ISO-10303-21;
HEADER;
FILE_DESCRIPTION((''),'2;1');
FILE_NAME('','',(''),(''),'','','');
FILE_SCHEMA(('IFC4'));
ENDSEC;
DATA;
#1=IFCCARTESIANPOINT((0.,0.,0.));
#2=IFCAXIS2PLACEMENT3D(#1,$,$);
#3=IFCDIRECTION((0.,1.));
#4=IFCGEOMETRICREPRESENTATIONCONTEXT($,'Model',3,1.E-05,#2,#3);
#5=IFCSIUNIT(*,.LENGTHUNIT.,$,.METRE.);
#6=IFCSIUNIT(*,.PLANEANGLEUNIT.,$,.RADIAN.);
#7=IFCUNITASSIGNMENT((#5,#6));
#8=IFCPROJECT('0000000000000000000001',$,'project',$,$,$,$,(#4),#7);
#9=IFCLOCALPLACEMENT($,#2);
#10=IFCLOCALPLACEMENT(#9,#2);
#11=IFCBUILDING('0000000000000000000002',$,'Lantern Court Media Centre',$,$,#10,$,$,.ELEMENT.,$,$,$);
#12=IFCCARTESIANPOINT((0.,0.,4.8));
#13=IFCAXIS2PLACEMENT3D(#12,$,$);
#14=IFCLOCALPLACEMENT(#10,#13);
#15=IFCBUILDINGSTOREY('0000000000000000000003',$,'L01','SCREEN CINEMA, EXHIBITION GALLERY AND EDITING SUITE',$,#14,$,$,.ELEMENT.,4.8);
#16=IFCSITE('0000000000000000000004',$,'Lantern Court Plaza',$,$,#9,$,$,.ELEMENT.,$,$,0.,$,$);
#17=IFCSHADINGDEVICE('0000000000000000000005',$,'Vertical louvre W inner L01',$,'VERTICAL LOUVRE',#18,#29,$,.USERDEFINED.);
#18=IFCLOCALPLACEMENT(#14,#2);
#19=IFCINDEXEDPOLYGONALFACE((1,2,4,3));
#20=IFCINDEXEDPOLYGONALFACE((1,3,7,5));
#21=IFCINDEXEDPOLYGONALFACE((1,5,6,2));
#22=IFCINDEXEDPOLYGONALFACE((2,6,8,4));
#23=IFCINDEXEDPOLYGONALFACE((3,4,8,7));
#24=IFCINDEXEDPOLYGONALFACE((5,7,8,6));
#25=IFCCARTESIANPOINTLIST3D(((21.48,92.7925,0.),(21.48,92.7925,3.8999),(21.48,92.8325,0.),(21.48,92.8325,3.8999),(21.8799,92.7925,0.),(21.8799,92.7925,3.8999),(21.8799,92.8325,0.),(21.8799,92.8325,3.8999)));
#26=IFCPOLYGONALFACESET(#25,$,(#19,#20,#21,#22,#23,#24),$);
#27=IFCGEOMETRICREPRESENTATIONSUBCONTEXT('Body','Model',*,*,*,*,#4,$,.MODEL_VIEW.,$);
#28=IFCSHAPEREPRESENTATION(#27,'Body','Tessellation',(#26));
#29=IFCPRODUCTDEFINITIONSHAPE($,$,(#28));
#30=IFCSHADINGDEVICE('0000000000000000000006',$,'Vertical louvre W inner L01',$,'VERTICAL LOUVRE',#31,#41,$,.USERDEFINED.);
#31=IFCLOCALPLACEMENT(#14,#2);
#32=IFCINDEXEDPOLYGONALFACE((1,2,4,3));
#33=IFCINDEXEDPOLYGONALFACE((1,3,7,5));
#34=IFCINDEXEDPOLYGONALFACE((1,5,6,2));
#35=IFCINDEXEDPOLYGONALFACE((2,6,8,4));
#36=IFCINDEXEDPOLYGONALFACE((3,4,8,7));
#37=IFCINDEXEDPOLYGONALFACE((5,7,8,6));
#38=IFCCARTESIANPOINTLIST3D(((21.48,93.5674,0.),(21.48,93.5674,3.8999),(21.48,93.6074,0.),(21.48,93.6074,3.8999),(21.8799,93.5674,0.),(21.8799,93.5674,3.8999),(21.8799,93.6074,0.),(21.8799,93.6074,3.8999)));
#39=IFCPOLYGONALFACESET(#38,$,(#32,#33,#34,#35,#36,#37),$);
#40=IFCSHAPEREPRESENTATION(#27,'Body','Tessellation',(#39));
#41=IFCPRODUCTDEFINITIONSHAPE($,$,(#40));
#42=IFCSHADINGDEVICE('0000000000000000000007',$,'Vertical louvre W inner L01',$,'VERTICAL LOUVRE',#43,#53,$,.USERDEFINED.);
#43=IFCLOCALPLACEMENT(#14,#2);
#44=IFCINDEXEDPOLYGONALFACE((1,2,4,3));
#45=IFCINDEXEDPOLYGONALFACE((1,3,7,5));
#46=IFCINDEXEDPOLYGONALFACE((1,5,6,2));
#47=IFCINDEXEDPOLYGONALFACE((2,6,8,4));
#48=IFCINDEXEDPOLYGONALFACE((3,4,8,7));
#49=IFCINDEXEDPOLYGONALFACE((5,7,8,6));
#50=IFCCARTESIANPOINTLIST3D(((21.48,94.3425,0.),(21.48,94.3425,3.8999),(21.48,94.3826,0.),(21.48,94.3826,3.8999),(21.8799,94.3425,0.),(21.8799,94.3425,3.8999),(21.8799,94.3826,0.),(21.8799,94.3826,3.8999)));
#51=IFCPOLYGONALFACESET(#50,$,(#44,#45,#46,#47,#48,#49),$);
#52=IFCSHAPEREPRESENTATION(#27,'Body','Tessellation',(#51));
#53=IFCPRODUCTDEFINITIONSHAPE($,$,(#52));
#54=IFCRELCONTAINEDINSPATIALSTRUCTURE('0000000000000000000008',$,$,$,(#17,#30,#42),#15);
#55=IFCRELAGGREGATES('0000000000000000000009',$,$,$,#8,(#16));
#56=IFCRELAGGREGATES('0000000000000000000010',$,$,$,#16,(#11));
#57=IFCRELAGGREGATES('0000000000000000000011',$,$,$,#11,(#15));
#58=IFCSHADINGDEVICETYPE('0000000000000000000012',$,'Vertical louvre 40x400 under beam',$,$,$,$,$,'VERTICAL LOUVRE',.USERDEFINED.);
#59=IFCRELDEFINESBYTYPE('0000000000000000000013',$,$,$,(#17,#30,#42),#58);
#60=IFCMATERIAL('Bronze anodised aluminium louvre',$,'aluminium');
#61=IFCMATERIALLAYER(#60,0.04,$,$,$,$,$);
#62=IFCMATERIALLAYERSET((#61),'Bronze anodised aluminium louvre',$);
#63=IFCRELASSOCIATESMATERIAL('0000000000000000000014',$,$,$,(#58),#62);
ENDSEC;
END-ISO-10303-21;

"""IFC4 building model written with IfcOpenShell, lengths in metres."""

from ifc_helpers import new_model, si_unit, direction, frame, origin, origin_2d, place, context, subcontext, project, spatial, rectangle, extrude, material, layer, layer_set, type_object, element, save


model = new_model("IFC4")

# Units and contexts
model_context = context("Model", 3, precision=1e-05, world=origin(), true_north=direction((0.0, 1.0)))
body_context = subcontext(model_context, "Body", "Model", "MODEL_VIEW")
ifc_project = project(units=[si_unit("LENGTHUNIT", "METRE"), si_unit("PLANEANGLEUNIT", "RADIAN")], contexts=[model_context])

# Site, building, storey
site_placement = place(None, origin())
site = spatial("IfcSite", under=ifc_project, at=site_placement, Name="Lantern Court Plaza", CompositionType="ELEMENT", RefElevation=0.0)
building_placement = place(site_placement, origin())
building = spatial("IfcBuilding", under=site, at=building_placement, Name="Lantern Court Media Centre", CompositionType="ELEMENT")
storey_placement = place(building_placement, frame((0.0, 0.0, 4.8)))
storey = spatial("IfcBuildingStorey", under=building, at=storey_placement, Name="L01", Description="SCREEN CINEMA, EXHIBITION GALLERY AND EDITING SUITE", CompositionType="ELEMENT", Elevation=4.8)

# Shading devices
ifc_material_1 = material(Name="Bronze anodised aluminium louvre", Category="aluminium")
ifc_layer_1 = layer(ifc_material_1, 0.04)
ifc_layer_set_1 = layer_set([ifc_layer_1], Name="Bronze anodised aluminium louvre")
shading_device_type = type_object("IfcShadingDeviceType", Name="Vertical louvre 40x400 under beam", ElementType="VERTICAL LOUVRE", PredefinedType="USERDEFINED", material=ifc_layer_set_1)
for number, where, z_axis, x_axis, name in (
    (1, (21.6799, 92.8125, 0.0), (0.0, 0.0, 1.0), (1.0, 0.0, 0.0), "Vertical louvre W inner L01"),
    (2, (21.6799, 93.5874, 0.0), (0.0, 0.0, 1.0), (1.0, 0.0, 0.0), "Vertical louvre W inner L01"),
    (3, (21.6799, 94.3625, 0.0), (0.0, 0.0, 1.0), (1.0, 0.0, 0.0), "Vertical louvre W inner L01"),
):
    element("IfcShadingDevice", number, at=place(storey_placement, frame(where, z_axis=z_axis, x_axis=x_axis)), inside=storey, type_object=shading_device_type, Name=name, ObjectType="VERTICAL LOUVRE", PredefinedType="USERDEFINED", context=body_context, shape_type="SweptSolid", body=[
        extrude(rectangle(XDim=0.3999, YDim=0.04, at=origin_2d()), origin(), (0.0, 0.0, 1.0), 3.8999),
    ])

save(model, "model.ifc")
